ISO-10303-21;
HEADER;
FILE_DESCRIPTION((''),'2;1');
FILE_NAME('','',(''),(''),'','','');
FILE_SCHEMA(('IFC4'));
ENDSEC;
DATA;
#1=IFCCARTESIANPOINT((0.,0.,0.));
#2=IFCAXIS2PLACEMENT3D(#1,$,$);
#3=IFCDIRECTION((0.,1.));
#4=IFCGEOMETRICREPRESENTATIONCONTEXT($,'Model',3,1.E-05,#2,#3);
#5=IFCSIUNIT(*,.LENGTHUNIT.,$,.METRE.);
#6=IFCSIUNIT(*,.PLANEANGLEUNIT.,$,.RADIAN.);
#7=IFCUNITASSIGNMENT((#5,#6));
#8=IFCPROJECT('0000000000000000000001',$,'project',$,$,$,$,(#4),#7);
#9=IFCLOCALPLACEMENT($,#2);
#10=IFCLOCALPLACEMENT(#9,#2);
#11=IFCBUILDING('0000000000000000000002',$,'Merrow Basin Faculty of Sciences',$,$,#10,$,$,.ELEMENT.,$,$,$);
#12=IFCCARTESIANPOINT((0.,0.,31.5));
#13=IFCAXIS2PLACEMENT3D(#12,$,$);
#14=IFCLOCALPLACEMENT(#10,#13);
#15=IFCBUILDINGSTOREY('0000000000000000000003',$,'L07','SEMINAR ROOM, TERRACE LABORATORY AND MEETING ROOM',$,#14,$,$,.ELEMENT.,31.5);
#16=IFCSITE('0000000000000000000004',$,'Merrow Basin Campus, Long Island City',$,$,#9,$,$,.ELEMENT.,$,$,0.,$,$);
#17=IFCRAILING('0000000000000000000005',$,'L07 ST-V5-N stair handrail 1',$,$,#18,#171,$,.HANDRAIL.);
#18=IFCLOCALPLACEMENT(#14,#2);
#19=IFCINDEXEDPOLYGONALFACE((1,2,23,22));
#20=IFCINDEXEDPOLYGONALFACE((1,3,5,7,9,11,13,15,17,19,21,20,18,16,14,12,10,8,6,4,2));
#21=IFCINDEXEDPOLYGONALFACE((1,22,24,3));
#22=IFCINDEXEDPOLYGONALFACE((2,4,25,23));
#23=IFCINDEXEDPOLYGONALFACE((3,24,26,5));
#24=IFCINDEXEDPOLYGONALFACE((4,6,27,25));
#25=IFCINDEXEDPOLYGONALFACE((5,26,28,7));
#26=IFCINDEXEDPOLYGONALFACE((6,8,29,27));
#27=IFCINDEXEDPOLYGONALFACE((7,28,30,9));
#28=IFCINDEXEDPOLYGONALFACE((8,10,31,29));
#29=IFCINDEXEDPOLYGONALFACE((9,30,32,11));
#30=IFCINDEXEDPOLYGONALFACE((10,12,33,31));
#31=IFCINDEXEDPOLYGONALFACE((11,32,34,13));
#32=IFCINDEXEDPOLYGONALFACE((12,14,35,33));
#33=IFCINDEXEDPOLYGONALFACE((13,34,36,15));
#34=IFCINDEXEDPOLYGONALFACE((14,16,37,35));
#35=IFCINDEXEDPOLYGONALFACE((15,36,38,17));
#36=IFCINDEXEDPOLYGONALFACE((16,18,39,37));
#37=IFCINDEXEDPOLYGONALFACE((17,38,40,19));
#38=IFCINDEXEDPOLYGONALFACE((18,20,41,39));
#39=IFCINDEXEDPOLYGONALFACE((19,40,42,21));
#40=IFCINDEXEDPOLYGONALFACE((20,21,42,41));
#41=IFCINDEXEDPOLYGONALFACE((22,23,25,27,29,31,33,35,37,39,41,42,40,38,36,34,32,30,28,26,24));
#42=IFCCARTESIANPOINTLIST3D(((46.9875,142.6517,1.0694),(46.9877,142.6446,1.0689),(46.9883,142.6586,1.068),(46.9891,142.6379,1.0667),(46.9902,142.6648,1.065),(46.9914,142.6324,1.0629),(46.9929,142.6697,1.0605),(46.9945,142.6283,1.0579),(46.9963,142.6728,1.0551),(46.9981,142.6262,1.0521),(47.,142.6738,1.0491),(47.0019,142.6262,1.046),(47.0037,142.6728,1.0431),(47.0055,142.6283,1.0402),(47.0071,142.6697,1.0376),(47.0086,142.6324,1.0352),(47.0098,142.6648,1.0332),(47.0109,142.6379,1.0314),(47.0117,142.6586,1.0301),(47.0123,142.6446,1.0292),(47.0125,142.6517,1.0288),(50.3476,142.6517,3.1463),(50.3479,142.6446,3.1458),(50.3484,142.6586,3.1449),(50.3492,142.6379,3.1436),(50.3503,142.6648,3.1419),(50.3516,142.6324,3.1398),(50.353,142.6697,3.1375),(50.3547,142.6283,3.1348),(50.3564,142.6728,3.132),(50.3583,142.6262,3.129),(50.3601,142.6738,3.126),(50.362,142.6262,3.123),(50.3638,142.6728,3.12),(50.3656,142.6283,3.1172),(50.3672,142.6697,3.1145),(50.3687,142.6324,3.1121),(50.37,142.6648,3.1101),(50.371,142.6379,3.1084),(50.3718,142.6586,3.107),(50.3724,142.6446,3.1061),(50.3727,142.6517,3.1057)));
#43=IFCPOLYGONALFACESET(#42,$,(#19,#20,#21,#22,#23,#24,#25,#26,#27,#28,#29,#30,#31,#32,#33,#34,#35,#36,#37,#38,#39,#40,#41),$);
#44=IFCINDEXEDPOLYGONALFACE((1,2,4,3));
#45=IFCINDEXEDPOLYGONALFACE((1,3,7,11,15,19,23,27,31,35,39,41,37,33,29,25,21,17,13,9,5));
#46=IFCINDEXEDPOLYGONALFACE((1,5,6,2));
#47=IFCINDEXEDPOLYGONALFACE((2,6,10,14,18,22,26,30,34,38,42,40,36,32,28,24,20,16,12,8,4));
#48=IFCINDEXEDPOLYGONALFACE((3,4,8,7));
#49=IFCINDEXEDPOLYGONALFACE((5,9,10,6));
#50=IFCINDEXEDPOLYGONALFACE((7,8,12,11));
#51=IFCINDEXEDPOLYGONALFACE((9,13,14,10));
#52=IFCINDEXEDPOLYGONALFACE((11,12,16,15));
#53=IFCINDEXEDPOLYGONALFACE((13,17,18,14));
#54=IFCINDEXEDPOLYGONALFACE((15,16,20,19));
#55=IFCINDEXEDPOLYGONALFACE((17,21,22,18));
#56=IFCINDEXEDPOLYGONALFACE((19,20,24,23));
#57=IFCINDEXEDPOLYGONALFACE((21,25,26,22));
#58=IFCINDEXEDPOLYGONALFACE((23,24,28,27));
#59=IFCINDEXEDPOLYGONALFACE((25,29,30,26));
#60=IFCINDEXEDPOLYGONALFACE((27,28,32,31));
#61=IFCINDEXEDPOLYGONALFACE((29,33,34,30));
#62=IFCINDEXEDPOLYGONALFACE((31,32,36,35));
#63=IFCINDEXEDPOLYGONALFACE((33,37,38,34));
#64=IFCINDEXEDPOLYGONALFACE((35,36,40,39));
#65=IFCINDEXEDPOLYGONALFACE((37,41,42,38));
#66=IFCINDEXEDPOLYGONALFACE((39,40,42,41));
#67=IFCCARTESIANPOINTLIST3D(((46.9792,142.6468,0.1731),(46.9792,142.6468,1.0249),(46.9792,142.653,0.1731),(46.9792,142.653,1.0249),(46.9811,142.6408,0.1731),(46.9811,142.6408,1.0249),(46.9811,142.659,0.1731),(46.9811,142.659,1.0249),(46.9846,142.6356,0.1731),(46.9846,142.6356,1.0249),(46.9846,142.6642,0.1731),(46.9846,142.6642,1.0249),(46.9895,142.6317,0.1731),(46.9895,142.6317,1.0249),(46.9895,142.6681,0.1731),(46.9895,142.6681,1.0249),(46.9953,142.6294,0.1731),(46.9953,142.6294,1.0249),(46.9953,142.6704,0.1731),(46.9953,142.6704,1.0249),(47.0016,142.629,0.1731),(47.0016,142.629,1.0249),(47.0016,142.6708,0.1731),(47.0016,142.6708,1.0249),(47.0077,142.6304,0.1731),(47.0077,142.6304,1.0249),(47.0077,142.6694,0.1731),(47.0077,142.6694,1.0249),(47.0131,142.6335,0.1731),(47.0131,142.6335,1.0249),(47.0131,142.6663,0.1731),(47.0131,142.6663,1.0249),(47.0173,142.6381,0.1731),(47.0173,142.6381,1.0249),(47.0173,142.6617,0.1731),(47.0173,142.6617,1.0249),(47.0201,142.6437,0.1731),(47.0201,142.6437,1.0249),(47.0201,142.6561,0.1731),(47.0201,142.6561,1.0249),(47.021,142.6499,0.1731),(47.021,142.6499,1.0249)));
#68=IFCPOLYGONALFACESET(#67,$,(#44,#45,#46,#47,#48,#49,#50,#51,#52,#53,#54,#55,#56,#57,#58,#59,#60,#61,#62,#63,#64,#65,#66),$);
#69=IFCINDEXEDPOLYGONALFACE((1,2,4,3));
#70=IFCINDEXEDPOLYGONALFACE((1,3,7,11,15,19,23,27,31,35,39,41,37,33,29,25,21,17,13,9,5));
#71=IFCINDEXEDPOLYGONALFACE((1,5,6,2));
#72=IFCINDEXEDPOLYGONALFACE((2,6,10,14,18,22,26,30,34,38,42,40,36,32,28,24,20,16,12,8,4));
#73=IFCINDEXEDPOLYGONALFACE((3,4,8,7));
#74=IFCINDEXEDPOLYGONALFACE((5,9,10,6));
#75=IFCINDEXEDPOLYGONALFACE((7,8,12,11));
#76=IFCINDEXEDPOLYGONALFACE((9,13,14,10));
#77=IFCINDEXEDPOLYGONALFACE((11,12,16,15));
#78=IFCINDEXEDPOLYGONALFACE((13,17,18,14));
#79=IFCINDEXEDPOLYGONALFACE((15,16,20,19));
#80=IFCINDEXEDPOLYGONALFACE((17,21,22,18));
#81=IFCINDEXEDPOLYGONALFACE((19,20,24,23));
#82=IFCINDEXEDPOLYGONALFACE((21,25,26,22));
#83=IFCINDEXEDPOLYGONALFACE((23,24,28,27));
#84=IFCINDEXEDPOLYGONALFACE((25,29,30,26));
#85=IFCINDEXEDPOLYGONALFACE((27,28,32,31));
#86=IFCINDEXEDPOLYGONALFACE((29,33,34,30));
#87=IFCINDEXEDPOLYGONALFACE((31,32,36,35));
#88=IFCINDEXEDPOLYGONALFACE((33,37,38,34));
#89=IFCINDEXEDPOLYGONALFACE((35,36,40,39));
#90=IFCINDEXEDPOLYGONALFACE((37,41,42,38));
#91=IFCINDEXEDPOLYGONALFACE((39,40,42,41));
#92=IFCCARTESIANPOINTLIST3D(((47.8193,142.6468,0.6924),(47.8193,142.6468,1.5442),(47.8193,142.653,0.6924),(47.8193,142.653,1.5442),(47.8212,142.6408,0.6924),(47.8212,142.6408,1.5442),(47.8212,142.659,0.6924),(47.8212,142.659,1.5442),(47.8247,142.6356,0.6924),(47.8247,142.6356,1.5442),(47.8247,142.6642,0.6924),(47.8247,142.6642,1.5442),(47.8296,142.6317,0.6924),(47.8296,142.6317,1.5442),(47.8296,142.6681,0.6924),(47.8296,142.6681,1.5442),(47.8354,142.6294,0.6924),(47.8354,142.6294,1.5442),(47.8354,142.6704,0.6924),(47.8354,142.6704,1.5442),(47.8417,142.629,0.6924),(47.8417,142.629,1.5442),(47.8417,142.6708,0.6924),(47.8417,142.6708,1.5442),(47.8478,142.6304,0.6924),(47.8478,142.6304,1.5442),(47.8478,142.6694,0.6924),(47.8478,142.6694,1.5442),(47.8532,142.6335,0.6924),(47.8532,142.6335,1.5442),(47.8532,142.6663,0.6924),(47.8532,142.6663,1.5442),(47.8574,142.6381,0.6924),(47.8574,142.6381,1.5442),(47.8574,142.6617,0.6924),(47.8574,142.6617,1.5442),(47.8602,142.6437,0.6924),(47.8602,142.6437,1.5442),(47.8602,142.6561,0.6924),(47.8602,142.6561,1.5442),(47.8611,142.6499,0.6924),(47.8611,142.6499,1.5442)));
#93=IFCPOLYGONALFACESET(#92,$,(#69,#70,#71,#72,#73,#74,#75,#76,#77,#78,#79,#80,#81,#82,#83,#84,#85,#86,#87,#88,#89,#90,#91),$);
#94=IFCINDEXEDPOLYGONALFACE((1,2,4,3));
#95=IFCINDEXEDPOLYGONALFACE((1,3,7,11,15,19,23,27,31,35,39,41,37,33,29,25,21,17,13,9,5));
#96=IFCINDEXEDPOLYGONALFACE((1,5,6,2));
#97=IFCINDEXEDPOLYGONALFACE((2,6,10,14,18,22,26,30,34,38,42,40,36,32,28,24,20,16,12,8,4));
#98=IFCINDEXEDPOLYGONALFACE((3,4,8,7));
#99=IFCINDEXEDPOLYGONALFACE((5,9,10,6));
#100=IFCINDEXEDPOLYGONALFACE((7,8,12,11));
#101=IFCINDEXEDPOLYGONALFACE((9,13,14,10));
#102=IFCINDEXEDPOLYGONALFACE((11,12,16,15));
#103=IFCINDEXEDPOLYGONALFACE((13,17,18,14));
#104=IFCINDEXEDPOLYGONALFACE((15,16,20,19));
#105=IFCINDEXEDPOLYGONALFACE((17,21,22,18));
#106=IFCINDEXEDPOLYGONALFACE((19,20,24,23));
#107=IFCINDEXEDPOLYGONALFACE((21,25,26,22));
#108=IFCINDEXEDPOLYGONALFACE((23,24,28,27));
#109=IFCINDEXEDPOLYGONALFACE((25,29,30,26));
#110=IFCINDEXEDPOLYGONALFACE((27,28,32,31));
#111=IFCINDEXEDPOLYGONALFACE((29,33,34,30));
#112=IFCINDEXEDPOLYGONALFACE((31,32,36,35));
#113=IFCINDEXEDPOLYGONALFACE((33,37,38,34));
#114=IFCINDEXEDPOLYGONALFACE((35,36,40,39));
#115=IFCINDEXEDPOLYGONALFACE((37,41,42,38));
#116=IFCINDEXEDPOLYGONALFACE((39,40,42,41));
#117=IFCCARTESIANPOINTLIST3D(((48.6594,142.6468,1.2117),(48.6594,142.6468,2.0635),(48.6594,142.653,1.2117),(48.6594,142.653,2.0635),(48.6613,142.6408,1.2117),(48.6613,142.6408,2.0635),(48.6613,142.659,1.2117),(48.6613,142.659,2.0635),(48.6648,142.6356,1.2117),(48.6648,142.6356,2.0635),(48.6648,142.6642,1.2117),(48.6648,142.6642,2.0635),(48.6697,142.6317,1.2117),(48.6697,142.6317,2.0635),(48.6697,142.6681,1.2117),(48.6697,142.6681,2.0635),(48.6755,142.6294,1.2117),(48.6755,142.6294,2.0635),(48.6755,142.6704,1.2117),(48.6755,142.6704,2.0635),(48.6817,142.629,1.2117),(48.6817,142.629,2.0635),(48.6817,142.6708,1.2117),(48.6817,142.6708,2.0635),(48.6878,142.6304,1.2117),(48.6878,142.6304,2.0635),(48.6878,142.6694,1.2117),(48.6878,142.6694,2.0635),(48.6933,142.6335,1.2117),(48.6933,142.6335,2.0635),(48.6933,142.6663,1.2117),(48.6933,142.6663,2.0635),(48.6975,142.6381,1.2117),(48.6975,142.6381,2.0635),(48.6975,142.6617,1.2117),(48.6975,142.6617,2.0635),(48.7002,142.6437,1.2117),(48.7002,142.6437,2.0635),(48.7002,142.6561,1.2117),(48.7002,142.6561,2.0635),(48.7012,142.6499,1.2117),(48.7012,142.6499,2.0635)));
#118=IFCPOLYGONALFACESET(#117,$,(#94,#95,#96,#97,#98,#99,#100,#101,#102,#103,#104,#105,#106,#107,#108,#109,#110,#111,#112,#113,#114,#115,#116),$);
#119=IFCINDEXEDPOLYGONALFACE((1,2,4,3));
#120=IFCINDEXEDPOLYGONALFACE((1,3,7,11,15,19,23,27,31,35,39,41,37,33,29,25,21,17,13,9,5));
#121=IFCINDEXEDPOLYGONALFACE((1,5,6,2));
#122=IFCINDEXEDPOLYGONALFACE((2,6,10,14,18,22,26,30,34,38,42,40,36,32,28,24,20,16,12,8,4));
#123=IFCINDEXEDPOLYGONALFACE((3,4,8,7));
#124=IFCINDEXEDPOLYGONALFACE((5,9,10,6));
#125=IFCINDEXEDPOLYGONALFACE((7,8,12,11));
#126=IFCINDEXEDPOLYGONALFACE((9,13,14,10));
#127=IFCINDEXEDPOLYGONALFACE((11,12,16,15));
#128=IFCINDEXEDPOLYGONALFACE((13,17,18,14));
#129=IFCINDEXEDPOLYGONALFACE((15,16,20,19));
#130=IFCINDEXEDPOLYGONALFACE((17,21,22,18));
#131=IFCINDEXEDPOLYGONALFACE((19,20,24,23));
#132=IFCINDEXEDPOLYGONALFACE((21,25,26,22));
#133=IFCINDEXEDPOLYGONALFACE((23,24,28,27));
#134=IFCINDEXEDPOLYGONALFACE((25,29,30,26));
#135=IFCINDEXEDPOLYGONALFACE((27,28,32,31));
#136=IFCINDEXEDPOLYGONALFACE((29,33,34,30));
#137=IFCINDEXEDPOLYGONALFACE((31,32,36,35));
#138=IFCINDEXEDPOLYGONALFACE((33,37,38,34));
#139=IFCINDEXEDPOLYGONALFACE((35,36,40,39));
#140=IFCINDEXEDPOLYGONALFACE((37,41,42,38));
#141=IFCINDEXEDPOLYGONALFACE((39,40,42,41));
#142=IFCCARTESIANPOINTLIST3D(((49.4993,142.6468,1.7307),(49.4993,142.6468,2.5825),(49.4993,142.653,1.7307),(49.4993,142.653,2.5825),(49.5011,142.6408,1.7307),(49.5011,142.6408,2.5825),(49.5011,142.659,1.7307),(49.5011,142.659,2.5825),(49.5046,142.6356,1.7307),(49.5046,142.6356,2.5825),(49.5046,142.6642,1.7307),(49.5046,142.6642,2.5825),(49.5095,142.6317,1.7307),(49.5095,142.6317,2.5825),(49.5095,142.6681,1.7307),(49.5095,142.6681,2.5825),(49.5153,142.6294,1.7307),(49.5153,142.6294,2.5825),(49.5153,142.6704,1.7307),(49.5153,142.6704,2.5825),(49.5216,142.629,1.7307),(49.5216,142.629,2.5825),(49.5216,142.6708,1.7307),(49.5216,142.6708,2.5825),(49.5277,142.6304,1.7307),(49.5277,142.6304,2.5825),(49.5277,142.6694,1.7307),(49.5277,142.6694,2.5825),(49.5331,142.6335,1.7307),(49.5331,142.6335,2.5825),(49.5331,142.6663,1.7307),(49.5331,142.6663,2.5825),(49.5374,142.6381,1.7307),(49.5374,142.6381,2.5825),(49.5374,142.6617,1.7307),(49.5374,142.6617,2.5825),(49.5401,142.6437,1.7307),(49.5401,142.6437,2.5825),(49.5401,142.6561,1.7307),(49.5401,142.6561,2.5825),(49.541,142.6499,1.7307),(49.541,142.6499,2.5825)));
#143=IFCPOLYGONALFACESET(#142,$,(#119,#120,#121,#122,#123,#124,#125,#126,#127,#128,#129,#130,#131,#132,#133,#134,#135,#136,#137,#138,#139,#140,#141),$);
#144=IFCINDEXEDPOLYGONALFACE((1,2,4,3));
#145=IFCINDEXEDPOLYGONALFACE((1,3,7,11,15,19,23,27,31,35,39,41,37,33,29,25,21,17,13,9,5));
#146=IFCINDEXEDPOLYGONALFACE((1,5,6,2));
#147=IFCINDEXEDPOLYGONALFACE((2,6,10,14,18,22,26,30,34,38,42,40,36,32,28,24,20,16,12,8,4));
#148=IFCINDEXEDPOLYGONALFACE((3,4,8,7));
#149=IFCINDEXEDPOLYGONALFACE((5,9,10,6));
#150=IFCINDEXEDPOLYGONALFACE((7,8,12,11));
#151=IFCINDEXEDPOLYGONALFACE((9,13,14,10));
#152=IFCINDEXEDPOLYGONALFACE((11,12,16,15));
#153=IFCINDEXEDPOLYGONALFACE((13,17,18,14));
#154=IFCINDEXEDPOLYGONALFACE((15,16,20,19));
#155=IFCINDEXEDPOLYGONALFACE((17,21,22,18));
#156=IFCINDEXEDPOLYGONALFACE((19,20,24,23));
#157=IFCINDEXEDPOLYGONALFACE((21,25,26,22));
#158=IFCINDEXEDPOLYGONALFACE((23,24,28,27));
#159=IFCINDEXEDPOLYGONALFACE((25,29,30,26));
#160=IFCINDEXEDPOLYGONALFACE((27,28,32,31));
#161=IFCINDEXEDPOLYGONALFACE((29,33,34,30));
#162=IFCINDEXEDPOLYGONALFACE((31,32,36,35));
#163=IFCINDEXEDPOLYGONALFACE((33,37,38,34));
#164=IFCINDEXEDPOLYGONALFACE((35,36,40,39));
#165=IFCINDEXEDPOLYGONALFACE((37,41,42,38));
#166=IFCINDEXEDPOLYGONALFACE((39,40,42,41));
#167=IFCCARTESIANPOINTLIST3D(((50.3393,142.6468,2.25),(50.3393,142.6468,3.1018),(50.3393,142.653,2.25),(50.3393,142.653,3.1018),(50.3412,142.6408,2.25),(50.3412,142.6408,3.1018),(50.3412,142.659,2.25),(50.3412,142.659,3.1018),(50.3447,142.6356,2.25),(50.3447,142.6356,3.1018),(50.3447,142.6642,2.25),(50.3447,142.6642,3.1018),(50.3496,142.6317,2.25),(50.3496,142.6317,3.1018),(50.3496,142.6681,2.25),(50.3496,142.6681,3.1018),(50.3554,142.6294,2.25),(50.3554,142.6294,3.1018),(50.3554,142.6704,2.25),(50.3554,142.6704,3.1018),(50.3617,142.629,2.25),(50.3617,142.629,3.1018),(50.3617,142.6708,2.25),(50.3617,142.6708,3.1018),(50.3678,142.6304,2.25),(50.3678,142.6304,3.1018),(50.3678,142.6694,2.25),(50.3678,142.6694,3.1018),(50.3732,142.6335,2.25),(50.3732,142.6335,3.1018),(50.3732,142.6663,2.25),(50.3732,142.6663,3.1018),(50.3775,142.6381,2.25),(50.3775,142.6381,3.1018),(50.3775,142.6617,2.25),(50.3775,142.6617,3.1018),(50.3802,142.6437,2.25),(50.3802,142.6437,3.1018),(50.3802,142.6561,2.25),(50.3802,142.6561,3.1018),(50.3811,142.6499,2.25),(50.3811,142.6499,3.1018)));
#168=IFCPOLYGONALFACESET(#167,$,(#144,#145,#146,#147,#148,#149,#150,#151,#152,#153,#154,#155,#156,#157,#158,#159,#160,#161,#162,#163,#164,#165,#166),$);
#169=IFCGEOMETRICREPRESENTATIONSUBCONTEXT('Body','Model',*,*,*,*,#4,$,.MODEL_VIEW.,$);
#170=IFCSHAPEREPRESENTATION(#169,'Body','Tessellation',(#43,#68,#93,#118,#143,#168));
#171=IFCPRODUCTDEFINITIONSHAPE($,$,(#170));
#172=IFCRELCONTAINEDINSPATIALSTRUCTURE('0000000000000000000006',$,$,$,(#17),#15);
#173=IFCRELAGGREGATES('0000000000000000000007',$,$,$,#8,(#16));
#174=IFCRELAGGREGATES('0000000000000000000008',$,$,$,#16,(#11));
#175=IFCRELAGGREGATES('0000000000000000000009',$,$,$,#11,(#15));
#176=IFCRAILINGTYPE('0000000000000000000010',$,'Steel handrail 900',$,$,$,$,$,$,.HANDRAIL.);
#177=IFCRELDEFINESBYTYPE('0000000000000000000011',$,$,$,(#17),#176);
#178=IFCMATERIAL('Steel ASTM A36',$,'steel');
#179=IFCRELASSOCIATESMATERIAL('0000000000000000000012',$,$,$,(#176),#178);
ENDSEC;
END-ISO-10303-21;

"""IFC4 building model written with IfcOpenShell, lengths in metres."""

from ifc_helpers import new_model, si_unit, direction, frame, origin, origin_2d, place, context, subcontext, project, spatial, circle, extrude, material, type_object, element, save


model = new_model("IFC4")

# Units and contexts
model_context = context("Model", 3, precision=1e-05, world=origin(), true_north=direction((0.0, 1.0)))
body_context = subcontext(model_context, "Body", "Model", "MODEL_VIEW")
ifc_project = project(units=[si_unit("LENGTHUNIT", "METRE"), si_unit("PLANEANGLEUNIT", "RADIAN")], contexts=[model_context])

# Site, building, storey
site_placement = place(None, origin())
site = spatial("IfcSite", under=ifc_project, at=site_placement, Name="Merrow Basin Campus, Long Island City", CompositionType="ELEMENT", RefElevation=0.0)
building_placement = place(site_placement, origin())
building = spatial("IfcBuilding", under=site, at=building_placement, Name="Merrow Basin Faculty of Sciences", CompositionType="ELEMENT")
storey_placement = place(building_placement, frame((0.0, 0.0, 31.5)))
storey = spatial("IfcBuildingStorey", under=building, at=storey_placement, Name="L07", Description="SEMINAR ROOM, TERRACE LABORATORY AND MEETING ROOM", CompositionType="ELEMENT", Elevation=31.5)

# Railing
ifc_material_1 = material(Name="Steel ASTM A36", Category="steel")
railing_type_1 = type_object("IfcRailingType", Name="Steel handrail 900", PredefinedType="HANDRAIL", material=ifc_material_1)
railing_1_placement = place(storey_placement, frame((47.0, 142.6499, 0.1731)))
element("IfcRailing", 1, at=railing_1_placement, inside=storey, type_object=railing_type_1, Name="L07 ST-V5-N stair handrail 1", PredefinedType="HANDRAIL", context=body_context, shape_type="SweptSolid", body=[
    extrude(circle(Radius=0.0239, at=origin_2d()), frame((0.0, 0.0, 0.876), z_axis=(0.850623, 0.0, 0.525776), x_axis=(0.0, 1.0, 0.0)), (0.0, 0.0, 1.0), 3.9502),
    extrude(circle(Radius=0.021, at=origin_2d()), origin(), (0.0, 0.0, 1.0), 0.8518),
    extrude(circle(Radius=0.021, at=origin_2d()), frame((0.8401, 0.0, 0.5193)), (0.0, 0.0, 1.0), 0.8518),
    extrude(circle(Radius=0.021, at=origin_2d()), frame((1.6802, 0.0, 1.0386)), (0.0, 0.0, 1.0), 0.8518),
    extrude(circle(Radius=0.021, at=origin_2d()), frame((2.52, 0.0, 1.5576)), (0.0, 0.0, 1.0), 0.8518),
    extrude(circle(Radius=0.021, at=origin_2d()), frame((3.3601, 0.0, 2.0769)), (0.0, 0.0, 1.0), 0.8518),
])

save(model, "model.ifc")
